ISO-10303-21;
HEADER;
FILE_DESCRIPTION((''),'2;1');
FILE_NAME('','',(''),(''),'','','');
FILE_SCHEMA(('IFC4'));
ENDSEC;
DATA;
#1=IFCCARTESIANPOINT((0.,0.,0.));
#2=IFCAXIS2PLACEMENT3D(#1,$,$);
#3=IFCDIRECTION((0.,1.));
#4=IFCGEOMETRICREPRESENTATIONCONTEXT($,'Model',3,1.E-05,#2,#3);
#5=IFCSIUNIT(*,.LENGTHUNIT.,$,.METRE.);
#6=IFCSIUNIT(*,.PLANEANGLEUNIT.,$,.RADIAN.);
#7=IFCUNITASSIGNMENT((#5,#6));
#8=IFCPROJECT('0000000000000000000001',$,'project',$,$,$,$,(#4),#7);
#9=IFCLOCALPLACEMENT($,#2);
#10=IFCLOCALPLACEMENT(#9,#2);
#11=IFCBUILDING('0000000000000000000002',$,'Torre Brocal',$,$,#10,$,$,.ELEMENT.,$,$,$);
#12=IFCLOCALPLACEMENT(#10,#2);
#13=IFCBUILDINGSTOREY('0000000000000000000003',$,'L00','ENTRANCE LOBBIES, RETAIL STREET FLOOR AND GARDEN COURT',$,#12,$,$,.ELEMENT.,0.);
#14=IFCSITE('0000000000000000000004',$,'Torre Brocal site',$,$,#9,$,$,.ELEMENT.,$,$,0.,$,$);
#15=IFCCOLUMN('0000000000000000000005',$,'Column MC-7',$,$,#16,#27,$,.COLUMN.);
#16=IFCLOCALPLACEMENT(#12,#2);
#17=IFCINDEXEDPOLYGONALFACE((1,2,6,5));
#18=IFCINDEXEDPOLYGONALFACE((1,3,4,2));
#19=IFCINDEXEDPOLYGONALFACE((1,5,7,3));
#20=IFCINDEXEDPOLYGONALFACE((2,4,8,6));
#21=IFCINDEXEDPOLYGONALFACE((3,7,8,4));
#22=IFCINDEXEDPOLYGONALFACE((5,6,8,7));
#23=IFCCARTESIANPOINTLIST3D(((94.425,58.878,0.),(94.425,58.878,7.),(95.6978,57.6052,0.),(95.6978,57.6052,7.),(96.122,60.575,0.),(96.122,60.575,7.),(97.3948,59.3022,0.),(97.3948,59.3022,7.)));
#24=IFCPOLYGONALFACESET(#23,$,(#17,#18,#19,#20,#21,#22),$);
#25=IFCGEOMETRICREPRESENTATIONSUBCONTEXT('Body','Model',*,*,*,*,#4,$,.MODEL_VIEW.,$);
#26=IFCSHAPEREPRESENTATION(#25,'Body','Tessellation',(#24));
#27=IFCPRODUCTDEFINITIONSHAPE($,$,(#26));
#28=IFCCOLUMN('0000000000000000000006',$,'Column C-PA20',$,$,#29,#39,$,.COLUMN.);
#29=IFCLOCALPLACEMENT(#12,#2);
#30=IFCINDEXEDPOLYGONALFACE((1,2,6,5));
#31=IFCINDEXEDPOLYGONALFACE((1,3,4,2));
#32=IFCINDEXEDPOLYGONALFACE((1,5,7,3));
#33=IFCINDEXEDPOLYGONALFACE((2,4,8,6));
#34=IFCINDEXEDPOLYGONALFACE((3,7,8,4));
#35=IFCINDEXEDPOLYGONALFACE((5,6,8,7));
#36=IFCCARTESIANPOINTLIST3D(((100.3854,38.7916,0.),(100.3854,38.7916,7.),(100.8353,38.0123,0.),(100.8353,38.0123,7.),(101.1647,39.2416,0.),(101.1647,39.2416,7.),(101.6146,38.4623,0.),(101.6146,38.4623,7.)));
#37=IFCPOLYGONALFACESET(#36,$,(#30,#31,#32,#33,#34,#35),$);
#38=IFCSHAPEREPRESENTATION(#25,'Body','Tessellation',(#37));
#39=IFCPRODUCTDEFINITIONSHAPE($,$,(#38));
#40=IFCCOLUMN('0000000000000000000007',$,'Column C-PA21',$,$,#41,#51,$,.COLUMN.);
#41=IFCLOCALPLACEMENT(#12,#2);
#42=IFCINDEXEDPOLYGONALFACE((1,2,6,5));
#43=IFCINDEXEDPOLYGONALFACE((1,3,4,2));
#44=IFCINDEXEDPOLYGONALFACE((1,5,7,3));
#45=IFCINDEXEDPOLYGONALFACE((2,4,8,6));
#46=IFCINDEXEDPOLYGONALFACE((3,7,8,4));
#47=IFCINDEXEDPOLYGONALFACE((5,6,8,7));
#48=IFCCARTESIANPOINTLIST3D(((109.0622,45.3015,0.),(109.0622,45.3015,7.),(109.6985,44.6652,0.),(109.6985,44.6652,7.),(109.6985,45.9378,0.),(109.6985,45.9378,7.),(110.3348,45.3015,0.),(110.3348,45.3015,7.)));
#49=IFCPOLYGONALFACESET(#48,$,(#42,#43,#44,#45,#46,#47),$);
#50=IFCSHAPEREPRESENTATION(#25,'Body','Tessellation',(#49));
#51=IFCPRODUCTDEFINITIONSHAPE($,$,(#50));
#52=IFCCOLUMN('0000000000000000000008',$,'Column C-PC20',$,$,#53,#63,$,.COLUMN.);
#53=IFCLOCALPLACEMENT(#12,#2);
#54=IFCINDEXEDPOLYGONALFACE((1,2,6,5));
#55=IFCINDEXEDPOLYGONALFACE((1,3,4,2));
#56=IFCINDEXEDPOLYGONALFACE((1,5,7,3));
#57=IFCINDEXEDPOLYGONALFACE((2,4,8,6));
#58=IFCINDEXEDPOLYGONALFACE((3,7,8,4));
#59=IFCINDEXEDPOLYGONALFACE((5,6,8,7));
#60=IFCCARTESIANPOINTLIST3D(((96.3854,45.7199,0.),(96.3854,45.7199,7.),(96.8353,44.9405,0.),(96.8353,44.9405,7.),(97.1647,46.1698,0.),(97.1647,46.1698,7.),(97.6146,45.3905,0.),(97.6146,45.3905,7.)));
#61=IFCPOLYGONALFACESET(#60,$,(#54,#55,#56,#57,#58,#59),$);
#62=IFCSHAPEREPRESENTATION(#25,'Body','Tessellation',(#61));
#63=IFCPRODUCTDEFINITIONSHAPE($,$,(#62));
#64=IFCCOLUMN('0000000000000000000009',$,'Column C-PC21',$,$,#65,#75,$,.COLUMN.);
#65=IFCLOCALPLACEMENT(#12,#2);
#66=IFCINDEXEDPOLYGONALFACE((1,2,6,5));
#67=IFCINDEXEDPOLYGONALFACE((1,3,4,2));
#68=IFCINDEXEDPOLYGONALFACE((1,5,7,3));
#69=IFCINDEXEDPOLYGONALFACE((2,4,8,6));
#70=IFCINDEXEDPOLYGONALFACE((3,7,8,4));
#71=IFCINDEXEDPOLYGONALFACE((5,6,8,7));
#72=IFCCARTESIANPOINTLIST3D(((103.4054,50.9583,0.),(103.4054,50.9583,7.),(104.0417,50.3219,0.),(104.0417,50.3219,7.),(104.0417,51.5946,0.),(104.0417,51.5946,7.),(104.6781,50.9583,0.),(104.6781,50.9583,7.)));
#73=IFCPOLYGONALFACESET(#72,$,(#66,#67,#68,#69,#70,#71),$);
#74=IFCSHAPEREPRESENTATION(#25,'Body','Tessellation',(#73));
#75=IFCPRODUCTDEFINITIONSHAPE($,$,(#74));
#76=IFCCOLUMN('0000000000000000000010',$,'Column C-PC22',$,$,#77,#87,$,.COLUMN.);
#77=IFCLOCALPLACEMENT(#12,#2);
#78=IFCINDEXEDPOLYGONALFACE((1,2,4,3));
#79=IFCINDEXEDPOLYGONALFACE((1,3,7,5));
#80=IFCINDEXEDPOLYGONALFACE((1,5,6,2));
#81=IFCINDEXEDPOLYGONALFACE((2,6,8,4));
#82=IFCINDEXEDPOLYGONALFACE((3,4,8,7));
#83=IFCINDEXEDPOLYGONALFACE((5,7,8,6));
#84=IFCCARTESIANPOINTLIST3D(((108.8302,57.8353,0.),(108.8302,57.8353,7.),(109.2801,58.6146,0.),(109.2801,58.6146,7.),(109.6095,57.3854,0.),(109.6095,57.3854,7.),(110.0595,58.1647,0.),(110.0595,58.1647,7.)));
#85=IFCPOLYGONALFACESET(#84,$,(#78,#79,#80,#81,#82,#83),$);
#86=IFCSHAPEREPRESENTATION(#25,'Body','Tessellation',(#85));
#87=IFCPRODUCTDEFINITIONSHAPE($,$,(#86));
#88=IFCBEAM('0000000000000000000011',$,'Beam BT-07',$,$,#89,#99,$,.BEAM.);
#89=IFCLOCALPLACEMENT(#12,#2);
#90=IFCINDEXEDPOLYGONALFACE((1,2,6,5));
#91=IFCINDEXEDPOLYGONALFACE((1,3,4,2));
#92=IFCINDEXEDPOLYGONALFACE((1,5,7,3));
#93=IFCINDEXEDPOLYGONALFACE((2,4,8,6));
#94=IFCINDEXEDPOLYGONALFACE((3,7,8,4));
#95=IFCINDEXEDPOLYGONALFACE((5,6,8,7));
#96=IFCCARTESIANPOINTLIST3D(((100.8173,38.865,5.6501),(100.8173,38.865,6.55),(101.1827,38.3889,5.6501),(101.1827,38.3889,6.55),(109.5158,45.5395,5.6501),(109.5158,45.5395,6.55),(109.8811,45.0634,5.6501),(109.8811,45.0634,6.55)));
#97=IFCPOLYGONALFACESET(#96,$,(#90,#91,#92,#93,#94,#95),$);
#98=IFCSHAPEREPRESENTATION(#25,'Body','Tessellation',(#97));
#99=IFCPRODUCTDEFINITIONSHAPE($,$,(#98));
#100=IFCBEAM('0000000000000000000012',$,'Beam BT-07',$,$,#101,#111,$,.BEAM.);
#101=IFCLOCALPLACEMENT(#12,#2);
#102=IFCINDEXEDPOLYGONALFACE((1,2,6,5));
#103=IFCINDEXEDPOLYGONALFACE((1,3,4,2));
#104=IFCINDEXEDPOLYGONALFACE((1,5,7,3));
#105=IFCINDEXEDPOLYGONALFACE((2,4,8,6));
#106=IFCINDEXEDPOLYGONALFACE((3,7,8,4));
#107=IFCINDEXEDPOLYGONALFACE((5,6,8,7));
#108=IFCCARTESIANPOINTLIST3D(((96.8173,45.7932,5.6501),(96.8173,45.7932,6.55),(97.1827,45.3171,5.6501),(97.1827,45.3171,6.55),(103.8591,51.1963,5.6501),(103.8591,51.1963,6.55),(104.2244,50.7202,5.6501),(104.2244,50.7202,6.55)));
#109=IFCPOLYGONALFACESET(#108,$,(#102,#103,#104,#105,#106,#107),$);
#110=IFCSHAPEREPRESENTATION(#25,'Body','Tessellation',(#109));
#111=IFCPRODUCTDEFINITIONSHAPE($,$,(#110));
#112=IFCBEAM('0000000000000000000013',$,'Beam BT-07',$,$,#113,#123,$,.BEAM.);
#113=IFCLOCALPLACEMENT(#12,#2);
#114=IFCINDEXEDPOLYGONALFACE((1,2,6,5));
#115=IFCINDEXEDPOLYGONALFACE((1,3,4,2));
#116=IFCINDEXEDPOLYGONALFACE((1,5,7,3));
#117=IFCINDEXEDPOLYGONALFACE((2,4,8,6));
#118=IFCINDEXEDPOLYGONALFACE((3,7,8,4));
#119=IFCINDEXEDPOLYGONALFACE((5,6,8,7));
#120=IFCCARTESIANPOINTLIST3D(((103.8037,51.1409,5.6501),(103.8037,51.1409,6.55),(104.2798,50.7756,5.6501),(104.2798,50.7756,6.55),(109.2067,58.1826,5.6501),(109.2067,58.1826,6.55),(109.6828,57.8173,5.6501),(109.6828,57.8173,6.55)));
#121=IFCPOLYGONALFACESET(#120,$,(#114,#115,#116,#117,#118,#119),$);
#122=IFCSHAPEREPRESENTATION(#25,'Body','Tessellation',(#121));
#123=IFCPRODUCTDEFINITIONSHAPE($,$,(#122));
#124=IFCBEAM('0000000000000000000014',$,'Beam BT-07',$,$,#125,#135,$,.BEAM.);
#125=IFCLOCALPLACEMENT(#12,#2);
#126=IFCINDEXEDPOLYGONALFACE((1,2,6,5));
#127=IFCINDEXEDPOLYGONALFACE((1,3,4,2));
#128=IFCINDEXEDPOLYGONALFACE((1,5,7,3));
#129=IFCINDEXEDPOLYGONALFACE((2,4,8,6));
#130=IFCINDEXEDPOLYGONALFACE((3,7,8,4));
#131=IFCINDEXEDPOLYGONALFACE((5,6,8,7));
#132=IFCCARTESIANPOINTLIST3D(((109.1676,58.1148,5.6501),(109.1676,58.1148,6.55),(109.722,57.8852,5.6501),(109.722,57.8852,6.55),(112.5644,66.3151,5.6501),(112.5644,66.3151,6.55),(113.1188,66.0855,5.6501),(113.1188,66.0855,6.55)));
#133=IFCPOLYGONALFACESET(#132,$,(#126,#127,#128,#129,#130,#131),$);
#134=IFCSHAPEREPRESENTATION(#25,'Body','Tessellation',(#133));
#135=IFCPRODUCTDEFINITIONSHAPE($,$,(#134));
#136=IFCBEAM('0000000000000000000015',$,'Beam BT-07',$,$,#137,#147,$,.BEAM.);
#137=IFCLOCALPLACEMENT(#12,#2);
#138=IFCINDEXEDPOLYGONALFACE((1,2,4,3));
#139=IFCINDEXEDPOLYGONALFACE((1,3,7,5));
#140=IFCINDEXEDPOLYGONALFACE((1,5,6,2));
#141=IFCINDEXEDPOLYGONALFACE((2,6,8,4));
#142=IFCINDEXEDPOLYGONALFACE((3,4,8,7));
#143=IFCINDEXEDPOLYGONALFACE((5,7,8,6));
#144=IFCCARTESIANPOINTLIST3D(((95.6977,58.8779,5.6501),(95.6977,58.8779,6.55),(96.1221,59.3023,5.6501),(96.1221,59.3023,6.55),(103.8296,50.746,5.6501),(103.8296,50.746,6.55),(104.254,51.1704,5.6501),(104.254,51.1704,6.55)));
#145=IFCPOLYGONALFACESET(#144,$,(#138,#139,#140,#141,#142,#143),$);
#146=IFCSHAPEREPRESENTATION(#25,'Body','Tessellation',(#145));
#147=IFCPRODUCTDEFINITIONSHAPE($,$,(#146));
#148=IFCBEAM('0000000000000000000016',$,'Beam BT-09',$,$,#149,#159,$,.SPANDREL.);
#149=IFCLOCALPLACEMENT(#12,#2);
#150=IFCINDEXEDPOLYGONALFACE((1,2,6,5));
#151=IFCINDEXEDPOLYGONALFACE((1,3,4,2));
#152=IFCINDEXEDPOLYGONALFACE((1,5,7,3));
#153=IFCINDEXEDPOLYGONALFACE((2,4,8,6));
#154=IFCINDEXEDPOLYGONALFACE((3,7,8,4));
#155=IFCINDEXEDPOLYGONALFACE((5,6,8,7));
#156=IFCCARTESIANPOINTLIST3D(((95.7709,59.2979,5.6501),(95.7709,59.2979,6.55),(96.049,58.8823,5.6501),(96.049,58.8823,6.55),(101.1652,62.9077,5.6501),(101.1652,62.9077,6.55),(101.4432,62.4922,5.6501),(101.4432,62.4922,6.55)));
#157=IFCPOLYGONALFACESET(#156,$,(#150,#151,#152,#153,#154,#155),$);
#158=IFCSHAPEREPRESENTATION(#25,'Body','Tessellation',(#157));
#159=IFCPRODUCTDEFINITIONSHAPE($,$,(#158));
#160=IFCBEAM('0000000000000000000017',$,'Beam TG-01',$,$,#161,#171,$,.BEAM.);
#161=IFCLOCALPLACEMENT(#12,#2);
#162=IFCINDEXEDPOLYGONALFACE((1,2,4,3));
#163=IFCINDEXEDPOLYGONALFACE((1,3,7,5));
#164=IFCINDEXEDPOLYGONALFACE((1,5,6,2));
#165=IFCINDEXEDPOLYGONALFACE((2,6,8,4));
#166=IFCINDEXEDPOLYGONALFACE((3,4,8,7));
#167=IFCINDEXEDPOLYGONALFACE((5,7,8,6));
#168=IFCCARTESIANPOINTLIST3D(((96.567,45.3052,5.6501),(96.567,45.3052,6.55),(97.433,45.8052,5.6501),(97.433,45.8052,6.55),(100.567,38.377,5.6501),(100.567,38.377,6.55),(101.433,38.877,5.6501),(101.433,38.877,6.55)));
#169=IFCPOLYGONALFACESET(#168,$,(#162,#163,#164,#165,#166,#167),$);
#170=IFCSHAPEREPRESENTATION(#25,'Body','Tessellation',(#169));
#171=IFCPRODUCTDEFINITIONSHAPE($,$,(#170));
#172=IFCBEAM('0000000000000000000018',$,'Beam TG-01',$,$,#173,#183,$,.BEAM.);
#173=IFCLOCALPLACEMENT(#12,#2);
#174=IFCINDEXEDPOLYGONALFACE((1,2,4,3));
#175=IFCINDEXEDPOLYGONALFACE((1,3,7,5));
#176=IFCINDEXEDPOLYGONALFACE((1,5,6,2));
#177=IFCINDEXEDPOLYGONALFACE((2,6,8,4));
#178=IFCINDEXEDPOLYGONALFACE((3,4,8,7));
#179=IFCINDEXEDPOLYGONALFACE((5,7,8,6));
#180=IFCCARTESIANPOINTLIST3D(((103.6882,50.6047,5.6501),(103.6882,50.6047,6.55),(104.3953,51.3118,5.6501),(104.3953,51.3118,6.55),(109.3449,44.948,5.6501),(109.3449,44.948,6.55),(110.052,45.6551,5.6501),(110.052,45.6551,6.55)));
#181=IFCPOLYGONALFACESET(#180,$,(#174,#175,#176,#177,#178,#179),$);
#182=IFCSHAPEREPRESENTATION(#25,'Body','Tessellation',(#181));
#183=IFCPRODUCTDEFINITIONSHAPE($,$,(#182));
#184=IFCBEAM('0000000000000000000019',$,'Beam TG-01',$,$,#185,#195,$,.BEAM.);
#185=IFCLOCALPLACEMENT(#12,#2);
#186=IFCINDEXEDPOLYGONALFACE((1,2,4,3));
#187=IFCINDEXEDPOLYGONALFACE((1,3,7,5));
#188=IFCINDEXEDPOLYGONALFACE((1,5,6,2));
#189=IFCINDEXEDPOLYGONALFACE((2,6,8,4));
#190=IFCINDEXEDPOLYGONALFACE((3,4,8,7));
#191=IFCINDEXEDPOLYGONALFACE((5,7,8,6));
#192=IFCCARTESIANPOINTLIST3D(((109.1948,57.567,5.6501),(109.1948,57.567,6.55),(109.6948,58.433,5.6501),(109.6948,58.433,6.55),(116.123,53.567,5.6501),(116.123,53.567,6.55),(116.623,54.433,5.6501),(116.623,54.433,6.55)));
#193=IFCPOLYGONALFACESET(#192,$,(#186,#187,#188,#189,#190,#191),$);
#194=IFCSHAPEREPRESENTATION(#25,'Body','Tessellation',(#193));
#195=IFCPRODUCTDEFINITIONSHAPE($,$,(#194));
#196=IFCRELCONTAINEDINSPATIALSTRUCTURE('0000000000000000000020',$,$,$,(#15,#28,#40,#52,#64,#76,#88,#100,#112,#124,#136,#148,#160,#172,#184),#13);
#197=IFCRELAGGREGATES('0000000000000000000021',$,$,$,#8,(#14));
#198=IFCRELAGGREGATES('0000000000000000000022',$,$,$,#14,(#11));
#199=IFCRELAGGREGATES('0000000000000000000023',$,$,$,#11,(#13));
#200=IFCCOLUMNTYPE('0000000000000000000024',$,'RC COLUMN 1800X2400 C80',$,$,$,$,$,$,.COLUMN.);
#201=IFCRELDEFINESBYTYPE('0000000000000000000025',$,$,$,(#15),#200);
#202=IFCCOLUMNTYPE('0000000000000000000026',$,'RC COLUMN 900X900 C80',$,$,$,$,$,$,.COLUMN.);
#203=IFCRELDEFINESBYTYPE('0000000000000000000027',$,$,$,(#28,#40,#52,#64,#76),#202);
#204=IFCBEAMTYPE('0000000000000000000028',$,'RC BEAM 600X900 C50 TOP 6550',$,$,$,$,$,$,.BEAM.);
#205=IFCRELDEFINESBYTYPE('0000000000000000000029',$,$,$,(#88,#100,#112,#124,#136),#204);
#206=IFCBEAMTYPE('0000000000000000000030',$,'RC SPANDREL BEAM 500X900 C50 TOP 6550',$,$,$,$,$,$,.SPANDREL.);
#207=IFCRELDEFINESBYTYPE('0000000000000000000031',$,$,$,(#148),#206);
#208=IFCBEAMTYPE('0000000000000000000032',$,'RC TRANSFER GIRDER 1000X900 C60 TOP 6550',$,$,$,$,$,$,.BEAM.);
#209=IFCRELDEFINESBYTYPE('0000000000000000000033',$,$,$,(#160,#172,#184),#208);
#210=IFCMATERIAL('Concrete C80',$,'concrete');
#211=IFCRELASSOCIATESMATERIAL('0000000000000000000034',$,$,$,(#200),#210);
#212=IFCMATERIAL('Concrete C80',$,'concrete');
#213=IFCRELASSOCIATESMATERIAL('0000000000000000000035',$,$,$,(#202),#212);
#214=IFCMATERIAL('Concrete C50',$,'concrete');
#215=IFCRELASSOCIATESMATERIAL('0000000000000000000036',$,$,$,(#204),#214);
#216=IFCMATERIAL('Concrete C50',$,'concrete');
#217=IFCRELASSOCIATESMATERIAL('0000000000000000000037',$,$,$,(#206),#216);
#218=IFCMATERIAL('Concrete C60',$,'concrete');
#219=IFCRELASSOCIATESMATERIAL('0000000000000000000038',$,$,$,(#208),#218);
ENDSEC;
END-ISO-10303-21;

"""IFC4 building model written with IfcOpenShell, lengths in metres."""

from ifc_helpers import new_model, si_unit, direction, frame, origin, origin_2d, place, context, subcontext, project, spatial, rectangle, extrude, material, material_profile, profile_set, type_object, element, save


model = new_model("IFC4")

# Units and contexts
model_context = context("Model", 3, precision=1e-05, world=origin(), true_north=direction((0.0, 1.0)))
body_context = subcontext(model_context, "Body", "Model", "MODEL_VIEW")
ifc_project = project(units=[si_unit("LENGTHUNIT", "METRE"), si_unit("PLANEANGLEUNIT", "RADIAN")], contexts=[model_context])

# Site, building, storey
site_placement = place(None, origin())
site = spatial("IfcSite", under=ifc_project, at=site_placement, Name="Torre Brocal site", CompositionType="ELEMENT", RefElevation=0.0)
building_placement = place(site_placement, origin())
building = spatial("IfcBuilding", under=site, at=building_placement, Name="Torre Brocal", CompositionType="ELEMENT")
storey_placement = place(building_placement, origin())
storey = spatial("IfcBuildingStorey", under=building, at=storey_placement, Name="L00", Description="ENTRANCE LOBBIES, RETAIL STREET FLOOR AND GARDEN COURT", CompositionType="ELEMENT", Elevation=0.0)

# Columns
ifc_material_1 = material(Name="Concrete C80", Category="concrete")
ifc_material_profile_1 = material_profile(ifc_material_1, rectangle(XDim=1.8, YDim=2.3999, at=origin_2d()), Name="RC 1800X2400")
ifc_profile_set_1 = profile_set([ifc_material_profile_1], Name="Concrete C80")
column_type_1 = type_object("IfcColumnType", Name="RC COLUMN 1800X2400 C80", PredefinedType="COLUMN", material=ifc_profile_set_1)
column_placement = place(storey_placement, frame((95.9099, 59.0901, 0.0), z_axis=(0.0, 0.0, 1.0), x_axis=(0.707107, -0.707107, 0.0)))
element("IfcColumn", 1, at=column_placement, inside=storey, type_object=column_type_1, Name="Column MC-7", PredefinedType="COLUMN", context=body_context, shape_type="SweptSolid", body=[
    extrude(rectangle(XDim=1.8, YDim=2.3999, at=origin_2d()), origin(), (0.0, 0.0, 1.0), 7.0),
])
ifc_material_2 = material(Name="Concrete C80", Category="concrete")
ifc_material_profile_2 = material_profile(ifc_material_2, rectangle(XDim=0.8999, YDim=0.8999, at=origin_2d()), Name="RC 900X900")
ifc_profile_set_2 = profile_set([ifc_material_profile_2], Name="Concrete C80")
column_type_2 = type_object("IfcColumnType", Name="RC COLUMN 900X900 C80", PredefinedType="COLUMN", material=ifc_profile_set_2)
for number, where, z_axis, x_axis, name in (
    (2, (101.0, 38.627, 0.0), (0.0, 0.0, 1.0), (0.5, -0.866025, 0.0), "Column C-PA20"),
    (3, (109.6985, 45.3015, 0.0), (0.0, 0.0, 1.0), (0.707107, -0.707107, 0.0), "Column C-PA21"),
    (4, (97.0, 45.5552, 0.0), (0.0, 0.0, 1.0), (0.5, -0.866025, 0.0), "Column C-PC20"),
    (5, (104.0417, 50.9583, 0.0), (0.0, 0.0, 1.0), (0.707107, -0.707107, 0.0), "Column C-PC21"),
    (6, (109.4448, 58.0, 0.0), (0.0, 0.0, 1.0), (0.866025, -0.5, 0.0), "Column C-PC22"),
):
    element("IfcColumn", number, at=place(storey_placement, frame(where, z_axis=z_axis, x_axis=x_axis)), inside=storey, type_object=column_type_2, Name=name, PredefinedType="COLUMN", context=body_context, shape_type="SweptSolid", body=[
        extrude(rectangle(XDim=0.8999, YDim=0.8999, at=origin_2d()), origin(), (0.0, 0.0, 1.0), 7.0),
    ])

# Beams
ifc_material_3 = material(Name="Concrete C50", Category="concrete")
ifc_material_profile_3 = material_profile(ifc_material_3, rectangle(XDim=0.6001, YDim=0.8999, at=origin_2d()), Name="RC 600X900")
ifc_profile_set_3 = profile_set([ifc_material_profile_3], Name="Concrete C50")
beam_type_1 = type_object("IfcBeamType", Name="RC BEAM 600X900 C50 TOP 6550", PredefinedType="BEAM", material=ifc_profile_set_3)
beam_1_placement = place(storey_placement, frame((101.0, 38.627, 6.1001), z_axis=(0.793354, 0.60876, 0.0), x_axis=(-0.60876, 0.793354, 0.0)))
element("IfcBeam", 7, at=beam_1_placement, inside=storey, type_object=beam_type_1, Name="Beam BT-07", PredefinedType="BEAM", context=body_context, shape_type="SweptSolid", body=[
    extrude(rectangle(XDim=0.6001, YDim=0.8999, at=origin_2d()), origin(), (0.0, 0.0, 1.0), 10.9641),
])
for number, where, z_axis, x_axis, name in (
    (8, (97.0, 45.5552, 6.1001), (0.793367, 0.608744, 0.0), (-0.608744, 0.793367, 0.0), "Beam BT-07"),
    (9, (104.0417, 50.9583, 6.1001), (0.608744, 0.793367, 0.0), (-0.793367, 0.608744, 0.0), "Beam BT-07"),
):
    element("IfcBeam", number, at=place(storey_placement, frame(where, z_axis=z_axis, x_axis=x_axis)), inside=storey, type_object=beam_type_1, Name=name, PredefinedType="BEAM", context=body_context, shape_type="SweptSolid", body=[
        extrude(rectangle(XDim=0.6001, YDim=0.8999, at=origin_2d()), origin(), (0.0, 0.0, 1.0), 8.8757),
    ])
beam_2_placement = place(storey_placement, frame((109.4448, 58.0, 6.1001), z_axis=(0.382693, 0.923876, 0.0), x_axis=(-0.923876, 0.382693, 0.0)))
element("IfcBeam", 10, at=beam_2_placement, inside=storey, type_object=beam_type_1, Name="Beam BT-07", PredefinedType="BEAM", context=body_context, shape_type="SweptSolid", body=[
    extrude(rectangle(XDim=0.6001, YDim=0.8999, at=origin_2d()), origin(), (0.0, 0.0, 1.0), 8.876),
])
beam_3_placement = place(storey_placement, frame((95.9099, 59.0901, 6.1001), z_axis=(0.707107, -0.707107, 0.0), x_axis=(0.707107, 0.707107, 0.0)))
element("IfcBeam", 11, at=beam_3_placement, inside=storey, type_object=beam_type_1, Name="Beam BT-07", PredefinedType="BEAM", context=body_context, shape_type="SweptSolid", body=[
    extrude(rectangle(XDim=0.6001, YDim=0.8999, at=origin_2d()), origin(), (0.0, 0.0, 1.0), 11.5002),
])
ifc_material_4 = material(Name="Concrete C50", Category="concrete")
ifc_material_profile_4 = material_profile(ifc_material_4, rectangle(XDim=0.5, YDim=0.8999, at=origin_2d()), Name="RC 500X900")
ifc_profile_set_4 = profile_set([ifc_material_profile_4], Name="Concrete C50")
beam_type_2 = type_object("IfcBeamType", Name="RC SPANDREL BEAM 500X900 C50 TOP 6550", PredefinedType="SPANDREL", material=ifc_profile_set_4)
beam_4_placement = place(storey_placement, frame((95.9099, 59.0901, 6.1001), z_axis=(0.831077, 0.556158, 0.0), x_axis=(-0.556158, 0.831077, 0.0)))
element("IfcBeam", 12, at=beam_4_placement, inside=storey, type_object=beam_type_2, Name="Beam BT-09", PredefinedType="SPANDREL", context=body_context, shape_type="SweptSolid", body=[
    extrude(rectangle(XDim=0.5, YDim=0.8999, at=origin_2d()), origin(), (0.0, 0.0, 1.0), 6.4907),
])
ifc_material_5 = material(Name="Concrete C60", Category="concrete")
ifc_material_profile_5 = material_profile(ifc_material_5, rectangle(XDim=1.0, YDim=0.8999, at=origin_2d()), Name="RC 1000X900")
ifc_profile_set_5 = profile_set([ifc_material_profile_5], Name="Concrete C60")
beam_type_3 = type_object("IfcBeamType", Name="RC TRANSFER GIRDER 1000X900 C60 TOP 6550", PredefinedType="BEAM", material=ifc_profile_set_5)
beam_5_placement = place(storey_placement, frame((97.0, 45.5552, 6.1001), z_axis=(0.499999, -0.866026, 0.0), x_axis=(0.866026, 0.499999, 0.0)))
element("IfcBeam", 13, at=beam_5_placement, inside=storey, type_object=beam_type_3, Name="Beam TG-01", PredefinedType="BEAM", context=body_context, shape_type="SweptSolid", body=[
    extrude(rectangle(XDim=1.0, YDim=0.8999, at=origin_2d()), origin(), (0.0, 0.0, 1.0), 8.0),
])
beam_6_placement = place(storey_placement, frame((104.0417, 50.9583, 6.1001), z_axis=(0.707107, -0.707107, 0.0), x_axis=(0.707107, 0.707107, 0.0)))
element("IfcBeam", 14, at=beam_6_placement, inside=storey, type_object=beam_type_3, Name="Beam TG-01", PredefinedType="BEAM", context=body_context, shape_type="SweptSolid", body=[
    extrude(rectangle(XDim=1.0, YDim=0.8999, at=origin_2d()), origin(), (0.0, 0.0, 1.0), 7.9998),
])
beam_7_placement = place(storey_placement, frame((109.4448, 58.0, 6.1001), z_axis=(0.866026, -0.499999, 0.0), x_axis=(0.499999, 0.866026, 0.0)))
element("IfcBeam", 15, at=beam_7_placement, inside=storey, type_object=beam_type_3, Name="Beam TG-01", PredefinedType="BEAM", context=body_context, shape_type="SweptSolid", body=[
    extrude(rectangle(XDim=1.0, YDim=0.8999, at=origin_2d()), origin(), (0.0, 0.0, 1.0), 8.0),
])

save(model, "model.ifc")
